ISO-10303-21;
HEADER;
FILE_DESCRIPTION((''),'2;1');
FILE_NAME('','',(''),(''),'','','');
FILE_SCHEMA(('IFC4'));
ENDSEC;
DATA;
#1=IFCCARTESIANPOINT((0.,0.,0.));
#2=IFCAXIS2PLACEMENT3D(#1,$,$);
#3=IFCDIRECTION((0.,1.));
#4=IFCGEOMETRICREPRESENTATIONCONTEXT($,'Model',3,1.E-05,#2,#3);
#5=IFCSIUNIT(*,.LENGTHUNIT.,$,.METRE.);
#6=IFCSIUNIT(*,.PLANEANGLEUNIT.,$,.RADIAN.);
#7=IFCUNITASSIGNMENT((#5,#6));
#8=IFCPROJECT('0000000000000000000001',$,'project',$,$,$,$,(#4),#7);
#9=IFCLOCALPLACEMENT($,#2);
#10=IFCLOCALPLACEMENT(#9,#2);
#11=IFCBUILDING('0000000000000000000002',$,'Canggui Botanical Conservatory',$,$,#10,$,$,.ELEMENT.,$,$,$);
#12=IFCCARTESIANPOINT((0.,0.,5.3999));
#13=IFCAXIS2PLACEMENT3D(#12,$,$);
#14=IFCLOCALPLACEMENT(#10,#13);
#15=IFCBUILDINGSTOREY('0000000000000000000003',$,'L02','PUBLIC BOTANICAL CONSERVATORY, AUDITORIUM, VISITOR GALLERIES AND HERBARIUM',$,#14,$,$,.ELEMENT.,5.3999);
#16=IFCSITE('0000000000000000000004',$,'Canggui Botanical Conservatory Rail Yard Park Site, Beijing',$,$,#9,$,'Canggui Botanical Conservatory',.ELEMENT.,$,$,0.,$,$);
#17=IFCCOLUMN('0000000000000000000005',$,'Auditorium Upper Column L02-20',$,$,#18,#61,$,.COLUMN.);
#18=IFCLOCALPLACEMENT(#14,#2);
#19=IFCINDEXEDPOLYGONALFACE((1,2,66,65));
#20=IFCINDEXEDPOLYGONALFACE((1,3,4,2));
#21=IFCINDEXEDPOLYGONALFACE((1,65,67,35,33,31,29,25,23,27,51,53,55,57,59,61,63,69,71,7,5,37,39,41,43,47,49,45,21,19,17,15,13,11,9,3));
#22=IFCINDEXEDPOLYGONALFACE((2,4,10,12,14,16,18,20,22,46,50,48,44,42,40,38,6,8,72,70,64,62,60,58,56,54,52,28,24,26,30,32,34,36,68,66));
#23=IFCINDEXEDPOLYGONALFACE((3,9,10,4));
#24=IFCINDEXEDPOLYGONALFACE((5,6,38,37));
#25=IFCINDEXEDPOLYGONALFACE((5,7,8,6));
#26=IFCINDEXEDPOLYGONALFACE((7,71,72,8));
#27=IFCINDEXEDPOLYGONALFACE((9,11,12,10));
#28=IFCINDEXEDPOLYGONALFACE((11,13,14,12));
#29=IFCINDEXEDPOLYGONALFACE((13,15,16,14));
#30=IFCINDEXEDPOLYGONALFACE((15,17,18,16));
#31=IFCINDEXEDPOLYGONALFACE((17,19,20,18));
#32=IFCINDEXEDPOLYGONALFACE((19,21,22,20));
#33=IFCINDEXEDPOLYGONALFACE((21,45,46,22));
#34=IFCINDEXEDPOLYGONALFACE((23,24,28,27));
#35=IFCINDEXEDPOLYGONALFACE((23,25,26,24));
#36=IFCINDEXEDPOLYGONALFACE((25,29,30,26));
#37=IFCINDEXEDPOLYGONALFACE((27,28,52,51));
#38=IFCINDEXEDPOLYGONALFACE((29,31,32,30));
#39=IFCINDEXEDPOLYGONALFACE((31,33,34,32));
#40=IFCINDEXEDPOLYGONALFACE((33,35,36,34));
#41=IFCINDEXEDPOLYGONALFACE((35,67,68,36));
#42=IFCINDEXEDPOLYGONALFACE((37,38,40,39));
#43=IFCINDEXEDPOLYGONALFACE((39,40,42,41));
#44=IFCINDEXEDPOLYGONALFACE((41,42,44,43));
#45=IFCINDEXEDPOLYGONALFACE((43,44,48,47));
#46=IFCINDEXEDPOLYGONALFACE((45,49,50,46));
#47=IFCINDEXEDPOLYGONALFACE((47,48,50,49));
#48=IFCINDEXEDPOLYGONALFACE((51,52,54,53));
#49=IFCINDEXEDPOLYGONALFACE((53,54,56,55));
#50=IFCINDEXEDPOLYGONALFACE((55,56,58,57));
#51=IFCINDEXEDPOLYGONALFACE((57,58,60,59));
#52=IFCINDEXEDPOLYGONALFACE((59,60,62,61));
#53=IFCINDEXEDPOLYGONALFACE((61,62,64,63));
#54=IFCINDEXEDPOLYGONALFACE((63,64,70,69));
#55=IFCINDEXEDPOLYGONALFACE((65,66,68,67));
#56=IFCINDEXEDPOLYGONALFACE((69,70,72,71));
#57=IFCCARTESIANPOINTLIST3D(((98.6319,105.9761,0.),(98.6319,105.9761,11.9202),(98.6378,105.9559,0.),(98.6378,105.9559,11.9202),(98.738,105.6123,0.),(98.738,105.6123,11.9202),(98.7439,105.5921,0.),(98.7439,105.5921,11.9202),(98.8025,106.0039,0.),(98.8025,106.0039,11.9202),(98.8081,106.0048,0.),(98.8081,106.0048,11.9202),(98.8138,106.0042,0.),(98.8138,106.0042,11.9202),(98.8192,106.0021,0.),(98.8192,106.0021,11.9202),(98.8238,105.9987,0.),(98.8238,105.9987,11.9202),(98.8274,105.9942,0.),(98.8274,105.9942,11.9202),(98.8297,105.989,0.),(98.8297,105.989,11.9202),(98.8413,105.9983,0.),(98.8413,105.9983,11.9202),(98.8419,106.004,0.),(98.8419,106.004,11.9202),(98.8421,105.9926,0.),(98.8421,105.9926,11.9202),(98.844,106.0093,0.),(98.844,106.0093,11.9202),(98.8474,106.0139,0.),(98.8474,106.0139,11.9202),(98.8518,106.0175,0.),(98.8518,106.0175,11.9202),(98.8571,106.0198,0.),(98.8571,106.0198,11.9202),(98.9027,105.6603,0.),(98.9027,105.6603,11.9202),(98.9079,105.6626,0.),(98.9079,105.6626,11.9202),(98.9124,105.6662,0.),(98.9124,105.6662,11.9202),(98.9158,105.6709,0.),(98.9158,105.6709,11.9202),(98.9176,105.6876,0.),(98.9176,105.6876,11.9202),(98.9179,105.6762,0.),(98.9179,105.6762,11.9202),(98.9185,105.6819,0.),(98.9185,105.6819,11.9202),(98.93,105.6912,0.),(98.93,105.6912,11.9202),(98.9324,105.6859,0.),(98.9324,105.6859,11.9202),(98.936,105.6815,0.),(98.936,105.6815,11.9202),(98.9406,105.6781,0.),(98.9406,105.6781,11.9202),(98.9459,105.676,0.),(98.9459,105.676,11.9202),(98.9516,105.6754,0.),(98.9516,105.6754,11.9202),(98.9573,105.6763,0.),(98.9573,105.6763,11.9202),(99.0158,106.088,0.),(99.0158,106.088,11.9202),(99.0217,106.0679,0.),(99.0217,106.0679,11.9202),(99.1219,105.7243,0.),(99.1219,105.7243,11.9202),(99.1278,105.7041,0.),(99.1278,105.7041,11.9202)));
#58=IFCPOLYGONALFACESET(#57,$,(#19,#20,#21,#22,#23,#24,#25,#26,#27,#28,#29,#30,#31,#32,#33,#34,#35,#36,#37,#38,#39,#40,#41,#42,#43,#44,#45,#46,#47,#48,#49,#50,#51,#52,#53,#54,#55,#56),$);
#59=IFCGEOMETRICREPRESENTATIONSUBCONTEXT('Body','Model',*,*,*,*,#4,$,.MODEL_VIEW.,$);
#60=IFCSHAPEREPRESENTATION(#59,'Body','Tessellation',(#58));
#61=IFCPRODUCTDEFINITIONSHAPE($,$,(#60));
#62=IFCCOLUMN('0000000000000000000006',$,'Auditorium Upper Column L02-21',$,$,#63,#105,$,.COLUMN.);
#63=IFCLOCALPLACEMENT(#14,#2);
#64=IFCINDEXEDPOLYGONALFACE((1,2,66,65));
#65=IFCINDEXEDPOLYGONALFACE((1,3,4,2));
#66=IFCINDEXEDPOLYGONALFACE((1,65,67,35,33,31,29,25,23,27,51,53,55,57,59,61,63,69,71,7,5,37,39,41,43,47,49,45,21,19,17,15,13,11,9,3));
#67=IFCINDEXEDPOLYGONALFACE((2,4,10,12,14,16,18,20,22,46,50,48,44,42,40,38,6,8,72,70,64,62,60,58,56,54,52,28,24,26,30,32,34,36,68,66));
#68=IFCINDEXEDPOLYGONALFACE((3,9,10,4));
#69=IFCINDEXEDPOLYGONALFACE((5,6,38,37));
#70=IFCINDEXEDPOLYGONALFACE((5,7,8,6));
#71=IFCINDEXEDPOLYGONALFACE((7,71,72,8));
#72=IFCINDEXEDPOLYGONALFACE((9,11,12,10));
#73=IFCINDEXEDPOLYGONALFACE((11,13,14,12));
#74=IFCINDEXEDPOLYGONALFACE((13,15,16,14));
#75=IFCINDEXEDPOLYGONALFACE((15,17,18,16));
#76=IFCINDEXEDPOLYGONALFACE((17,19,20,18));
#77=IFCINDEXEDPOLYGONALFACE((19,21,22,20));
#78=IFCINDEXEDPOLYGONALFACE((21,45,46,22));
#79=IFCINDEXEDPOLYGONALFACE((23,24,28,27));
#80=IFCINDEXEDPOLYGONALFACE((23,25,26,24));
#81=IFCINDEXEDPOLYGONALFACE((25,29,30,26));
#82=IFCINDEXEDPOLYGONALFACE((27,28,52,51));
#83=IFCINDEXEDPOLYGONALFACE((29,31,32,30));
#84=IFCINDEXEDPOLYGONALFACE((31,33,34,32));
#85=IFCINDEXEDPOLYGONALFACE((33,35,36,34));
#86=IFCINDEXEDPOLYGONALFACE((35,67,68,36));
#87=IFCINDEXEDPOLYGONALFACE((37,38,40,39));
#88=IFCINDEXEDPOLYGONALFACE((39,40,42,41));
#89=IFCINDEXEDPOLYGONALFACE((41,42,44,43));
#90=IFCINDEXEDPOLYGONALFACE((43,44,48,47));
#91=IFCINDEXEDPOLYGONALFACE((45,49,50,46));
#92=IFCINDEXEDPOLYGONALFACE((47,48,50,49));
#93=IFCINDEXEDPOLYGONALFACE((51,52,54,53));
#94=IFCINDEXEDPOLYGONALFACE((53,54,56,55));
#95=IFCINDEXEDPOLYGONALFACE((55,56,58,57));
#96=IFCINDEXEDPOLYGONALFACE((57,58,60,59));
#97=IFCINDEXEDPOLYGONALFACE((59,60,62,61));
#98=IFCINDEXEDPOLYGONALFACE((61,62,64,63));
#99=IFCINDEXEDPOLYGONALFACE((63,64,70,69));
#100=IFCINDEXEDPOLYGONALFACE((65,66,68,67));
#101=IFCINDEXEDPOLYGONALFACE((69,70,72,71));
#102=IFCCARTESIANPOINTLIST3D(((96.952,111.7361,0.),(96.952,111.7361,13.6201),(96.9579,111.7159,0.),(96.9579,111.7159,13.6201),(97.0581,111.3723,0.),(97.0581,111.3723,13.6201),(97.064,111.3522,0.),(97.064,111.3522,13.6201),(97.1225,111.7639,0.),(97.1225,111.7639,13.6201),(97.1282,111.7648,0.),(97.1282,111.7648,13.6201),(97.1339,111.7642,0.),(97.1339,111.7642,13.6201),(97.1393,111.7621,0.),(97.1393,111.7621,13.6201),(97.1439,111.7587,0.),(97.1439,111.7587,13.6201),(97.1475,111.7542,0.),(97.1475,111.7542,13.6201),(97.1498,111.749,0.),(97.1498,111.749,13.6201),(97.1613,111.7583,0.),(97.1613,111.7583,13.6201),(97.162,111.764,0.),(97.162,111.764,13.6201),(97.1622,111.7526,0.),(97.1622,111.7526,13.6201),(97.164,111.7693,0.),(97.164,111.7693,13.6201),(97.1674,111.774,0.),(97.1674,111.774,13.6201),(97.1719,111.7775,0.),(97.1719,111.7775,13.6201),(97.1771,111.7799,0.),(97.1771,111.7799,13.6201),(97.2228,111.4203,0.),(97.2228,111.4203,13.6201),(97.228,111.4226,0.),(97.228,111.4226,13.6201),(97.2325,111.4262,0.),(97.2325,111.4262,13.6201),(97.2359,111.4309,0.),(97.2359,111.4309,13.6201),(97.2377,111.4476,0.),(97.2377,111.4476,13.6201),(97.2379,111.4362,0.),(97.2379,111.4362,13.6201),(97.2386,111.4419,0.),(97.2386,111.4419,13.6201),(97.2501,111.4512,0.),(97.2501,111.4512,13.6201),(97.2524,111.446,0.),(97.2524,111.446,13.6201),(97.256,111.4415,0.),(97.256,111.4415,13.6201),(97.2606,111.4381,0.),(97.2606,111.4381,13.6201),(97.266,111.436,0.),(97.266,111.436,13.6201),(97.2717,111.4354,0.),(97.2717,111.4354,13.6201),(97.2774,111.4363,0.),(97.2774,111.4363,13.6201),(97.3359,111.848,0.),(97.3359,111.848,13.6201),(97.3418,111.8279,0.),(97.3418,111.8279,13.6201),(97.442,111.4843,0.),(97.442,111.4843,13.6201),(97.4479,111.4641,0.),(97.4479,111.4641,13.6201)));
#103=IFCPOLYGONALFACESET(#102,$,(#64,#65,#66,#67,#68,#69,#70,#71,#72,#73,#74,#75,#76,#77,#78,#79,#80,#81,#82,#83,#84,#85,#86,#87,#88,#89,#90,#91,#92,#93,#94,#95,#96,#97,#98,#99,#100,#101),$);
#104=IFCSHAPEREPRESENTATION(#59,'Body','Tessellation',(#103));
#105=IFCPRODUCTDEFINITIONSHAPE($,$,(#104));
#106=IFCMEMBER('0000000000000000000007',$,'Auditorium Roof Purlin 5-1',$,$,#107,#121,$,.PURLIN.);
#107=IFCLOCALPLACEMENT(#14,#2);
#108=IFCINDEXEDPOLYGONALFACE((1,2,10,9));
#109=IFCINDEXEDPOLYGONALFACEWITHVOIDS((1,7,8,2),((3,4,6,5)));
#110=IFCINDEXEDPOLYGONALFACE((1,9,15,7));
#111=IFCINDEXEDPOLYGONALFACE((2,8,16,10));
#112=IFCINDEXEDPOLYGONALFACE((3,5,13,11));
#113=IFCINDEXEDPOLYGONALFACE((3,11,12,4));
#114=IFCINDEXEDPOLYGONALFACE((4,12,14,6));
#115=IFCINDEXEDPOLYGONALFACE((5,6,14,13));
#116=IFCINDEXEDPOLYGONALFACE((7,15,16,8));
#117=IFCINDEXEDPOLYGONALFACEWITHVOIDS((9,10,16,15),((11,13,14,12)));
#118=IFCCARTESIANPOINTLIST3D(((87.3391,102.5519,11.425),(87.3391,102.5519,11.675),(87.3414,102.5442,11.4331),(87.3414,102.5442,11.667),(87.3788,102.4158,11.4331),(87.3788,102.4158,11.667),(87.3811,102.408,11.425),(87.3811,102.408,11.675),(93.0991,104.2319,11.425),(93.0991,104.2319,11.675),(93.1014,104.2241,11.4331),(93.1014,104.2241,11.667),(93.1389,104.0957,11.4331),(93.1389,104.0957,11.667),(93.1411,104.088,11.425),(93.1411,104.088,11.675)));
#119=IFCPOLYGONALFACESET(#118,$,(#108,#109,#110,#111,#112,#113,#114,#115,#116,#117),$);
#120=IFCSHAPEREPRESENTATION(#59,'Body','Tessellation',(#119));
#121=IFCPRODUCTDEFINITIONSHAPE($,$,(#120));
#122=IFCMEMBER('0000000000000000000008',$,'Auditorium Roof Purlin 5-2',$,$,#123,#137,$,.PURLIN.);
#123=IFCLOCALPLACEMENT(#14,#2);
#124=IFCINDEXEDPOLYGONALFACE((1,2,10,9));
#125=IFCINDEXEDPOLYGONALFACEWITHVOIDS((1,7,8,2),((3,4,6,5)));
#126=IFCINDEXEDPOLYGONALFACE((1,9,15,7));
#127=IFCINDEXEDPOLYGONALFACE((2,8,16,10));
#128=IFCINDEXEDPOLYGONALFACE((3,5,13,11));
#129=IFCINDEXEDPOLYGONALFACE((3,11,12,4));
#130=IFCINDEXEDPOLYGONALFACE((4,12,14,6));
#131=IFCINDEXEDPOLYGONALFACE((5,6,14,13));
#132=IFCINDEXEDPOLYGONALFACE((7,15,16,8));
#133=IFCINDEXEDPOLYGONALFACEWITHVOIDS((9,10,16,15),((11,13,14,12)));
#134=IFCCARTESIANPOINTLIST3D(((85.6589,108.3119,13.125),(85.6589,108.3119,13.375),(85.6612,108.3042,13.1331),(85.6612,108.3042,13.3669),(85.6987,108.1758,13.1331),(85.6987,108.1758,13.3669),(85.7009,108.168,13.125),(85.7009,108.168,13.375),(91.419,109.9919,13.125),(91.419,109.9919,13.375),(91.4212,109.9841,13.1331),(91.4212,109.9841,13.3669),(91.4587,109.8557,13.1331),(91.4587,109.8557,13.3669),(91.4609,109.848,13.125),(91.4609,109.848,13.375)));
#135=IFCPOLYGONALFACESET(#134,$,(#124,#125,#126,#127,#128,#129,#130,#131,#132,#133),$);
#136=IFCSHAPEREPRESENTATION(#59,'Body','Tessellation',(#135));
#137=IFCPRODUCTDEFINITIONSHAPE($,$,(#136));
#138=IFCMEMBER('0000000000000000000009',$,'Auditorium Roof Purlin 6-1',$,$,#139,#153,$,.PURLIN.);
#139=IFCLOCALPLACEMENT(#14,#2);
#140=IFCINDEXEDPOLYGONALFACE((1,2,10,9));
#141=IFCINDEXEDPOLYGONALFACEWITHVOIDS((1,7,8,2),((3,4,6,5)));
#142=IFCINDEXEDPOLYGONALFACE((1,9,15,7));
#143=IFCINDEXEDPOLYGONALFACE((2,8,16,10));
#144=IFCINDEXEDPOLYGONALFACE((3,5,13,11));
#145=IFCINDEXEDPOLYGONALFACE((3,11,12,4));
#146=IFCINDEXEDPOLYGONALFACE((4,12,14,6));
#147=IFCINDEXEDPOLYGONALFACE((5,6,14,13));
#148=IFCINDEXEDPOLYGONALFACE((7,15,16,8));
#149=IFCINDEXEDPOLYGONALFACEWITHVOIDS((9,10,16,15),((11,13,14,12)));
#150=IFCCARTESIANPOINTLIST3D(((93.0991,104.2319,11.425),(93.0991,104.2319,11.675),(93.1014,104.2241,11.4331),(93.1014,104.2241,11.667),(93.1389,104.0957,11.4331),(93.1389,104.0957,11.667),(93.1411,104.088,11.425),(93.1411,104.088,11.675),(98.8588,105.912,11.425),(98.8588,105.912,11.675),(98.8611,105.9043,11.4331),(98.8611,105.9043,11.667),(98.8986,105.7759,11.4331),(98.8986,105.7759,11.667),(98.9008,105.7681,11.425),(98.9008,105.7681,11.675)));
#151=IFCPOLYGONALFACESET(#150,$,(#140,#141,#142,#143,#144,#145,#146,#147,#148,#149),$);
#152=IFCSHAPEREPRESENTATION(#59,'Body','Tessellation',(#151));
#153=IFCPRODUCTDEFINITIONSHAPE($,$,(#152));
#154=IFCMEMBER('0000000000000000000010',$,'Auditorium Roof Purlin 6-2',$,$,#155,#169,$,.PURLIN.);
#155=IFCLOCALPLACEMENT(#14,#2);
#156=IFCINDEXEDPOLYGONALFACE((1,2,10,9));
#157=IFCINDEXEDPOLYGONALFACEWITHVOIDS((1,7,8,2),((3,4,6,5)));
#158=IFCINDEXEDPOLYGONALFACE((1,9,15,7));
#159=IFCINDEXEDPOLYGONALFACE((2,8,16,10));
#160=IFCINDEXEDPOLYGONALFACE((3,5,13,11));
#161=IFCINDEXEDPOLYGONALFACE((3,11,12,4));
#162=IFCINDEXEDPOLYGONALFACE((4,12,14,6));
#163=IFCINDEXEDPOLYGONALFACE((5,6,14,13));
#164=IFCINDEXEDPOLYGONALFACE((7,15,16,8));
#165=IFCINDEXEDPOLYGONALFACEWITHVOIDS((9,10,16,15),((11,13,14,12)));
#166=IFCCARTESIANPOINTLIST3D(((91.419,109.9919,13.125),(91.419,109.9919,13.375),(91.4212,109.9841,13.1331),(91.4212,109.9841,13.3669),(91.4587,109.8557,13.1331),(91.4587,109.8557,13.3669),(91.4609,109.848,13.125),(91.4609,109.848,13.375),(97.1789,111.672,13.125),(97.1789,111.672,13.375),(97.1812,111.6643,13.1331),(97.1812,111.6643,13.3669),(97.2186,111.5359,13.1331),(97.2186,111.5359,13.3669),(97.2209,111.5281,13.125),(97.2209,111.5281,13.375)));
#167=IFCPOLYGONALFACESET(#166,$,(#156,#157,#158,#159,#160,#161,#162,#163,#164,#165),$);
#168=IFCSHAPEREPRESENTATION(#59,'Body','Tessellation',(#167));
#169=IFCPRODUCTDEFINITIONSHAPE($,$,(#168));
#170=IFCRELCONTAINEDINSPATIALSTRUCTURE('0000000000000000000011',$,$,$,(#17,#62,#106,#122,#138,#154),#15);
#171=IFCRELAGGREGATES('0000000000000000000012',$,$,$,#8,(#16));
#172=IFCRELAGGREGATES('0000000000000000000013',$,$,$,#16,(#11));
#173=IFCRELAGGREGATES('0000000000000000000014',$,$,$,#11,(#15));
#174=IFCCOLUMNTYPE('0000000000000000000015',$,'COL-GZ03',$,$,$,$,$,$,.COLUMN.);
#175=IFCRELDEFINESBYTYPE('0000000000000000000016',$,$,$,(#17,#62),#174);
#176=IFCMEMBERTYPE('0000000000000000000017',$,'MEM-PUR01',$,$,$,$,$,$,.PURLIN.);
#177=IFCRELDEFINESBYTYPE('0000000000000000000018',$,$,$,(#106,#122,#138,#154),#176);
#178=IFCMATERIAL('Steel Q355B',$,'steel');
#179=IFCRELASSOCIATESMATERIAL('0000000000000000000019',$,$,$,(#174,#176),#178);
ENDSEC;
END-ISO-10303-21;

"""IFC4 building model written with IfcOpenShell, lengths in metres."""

from ifc_helpers import new_model, si_unit, direction, frame, origin, origin_2d, place, context, subcontext, project, spatial, hollow_rectangle, i_section, extrude, material, material_profile, profile_set, type_object, element, save


model = new_model("IFC4")

# Units and contexts
model_context = context("Model", 3, precision=1e-05, world=origin(), true_north=direction((0.0, 1.0)))
body_context = subcontext(model_context, "Body", "Model", "MODEL_VIEW")
ifc_project = project(units=[si_unit("LENGTHUNIT", "METRE"), si_unit("PLANEANGLEUNIT", "RADIAN")], contexts=[model_context])

# Site, building, storey
site_placement = place(None, origin())
site = spatial("IfcSite", under=ifc_project, at=site_placement, Name="Canggui Botanical Conservatory Rail Yard Park Site, Beijing", LongName="Canggui Botanical Conservatory", CompositionType="ELEMENT", RefElevation=0.0)
building_placement = place(site_placement, origin())
building = spatial("IfcBuilding", under=site, at=building_placement, Name="Canggui Botanical Conservatory", CompositionType="ELEMENT")
storey_placement = place(building_placement, frame((0.0, 0.0, 5.3999)))
storey = spatial("IfcBuildingStorey", under=building, at=storey_placement, Name="L02", Description="PUBLIC BOTANICAL CONSERVATORY, AUDITORIUM, VISITOR GALLERIES AND HERBARIUM", CompositionType="ELEMENT", Elevation=5.3999)

# Columns
ifc_material_1 = material(Name="Steel Q355B", Category="steel")
ifc_material_profile_1 = material_profile(ifc_material_1, i_section(OverallWidth=0.3999, OverallDepth=0.3999, WebThickness=0.0129, FlangeThickness=0.021, FilletRadius=0.022, at=origin_2d()), Name="HW 400x400x13x21")
ifc_profile_set_1 = profile_set([ifc_material_profile_1], Name="Steel Q355B")
column_type = type_object("IfcColumnType", Name="COL-GZ03", PredefinedType="COLUMN", material=ifc_profile_set_1)
column_1_placement = place(storey_placement, frame((98.8799, 105.8401, 0.0), z_axis=(0.0, 0.0, 1.0), x_axis=(0.96, 0.28, 0.0)))
element("IfcColumn", 1, at=column_1_placement, inside=storey, type_object=column_type, Name="Auditorium Upper Column L02-20", PredefinedType="COLUMN", context=body_context, shape_type="SweptSolid", body=[
    extrude(i_section(OverallWidth=0.3999, OverallDepth=0.3999, WebThickness=0.0129, FlangeThickness=0.021, FilletRadius=0.022, at=origin_2d()), origin(), (0.0, 0.0, 1.0), 11.9202),
])
column_2_placement = place(storey_placement, frame((97.2, 111.6001, 0.0), z_axis=(0.0, 0.0, 1.0), x_axis=(0.96, 0.28, 0.0)))
element("IfcColumn", 2, at=column_2_placement, inside=storey, type_object=column_type, Name="Auditorium Upper Column L02-21", PredefinedType="COLUMN", context=body_context, shape_type="SweptSolid", body=[
    extrude(i_section(OverallWidth=0.3999, OverallDepth=0.3999, WebThickness=0.0129, FlangeThickness=0.021, FilletRadius=0.022, at=origin_2d()), origin(), (0.0, 0.0, 1.0), 13.6201),
])

# Members
ifc_material_profile_2 = material_profile(ifc_material_1, hollow_rectangle(XDim=0.1499, YDim=0.25, WallThickness=0.0081, at=origin_2d()), Name="RHS 150x250x8")
ifc_profile_set_2 = profile_set([ifc_material_profile_2], Name="Steel Q355B")
member_type_1 = type_object("IfcMemberType", Name="MEM-PUR01", PredefinedType="PURLIN", material=ifc_profile_set_2)
for number, where, z_axis, x_axis, name in (
    (3, (87.3601, 102.48, 11.55), (0.960003, 0.279989, 0.0), (-0.279989, 0.960003, 0.0), "Auditorium Roof Purlin 5-1"),
    (4, (85.6799, 108.24, 13.25), (0.960003, 0.279989, 0.0), (-0.279989, 0.960003, 0.0), "Auditorium Roof Purlin 5-2"),
):
    element("IfcMember", number, at=place(storey_placement, frame(where, z_axis=z_axis, x_axis=x_axis)), inside=storey, type_object=member_type_1, Name=name, PredefinedType="PURLIN", context=body_context, shape_type="SweptSolid", body=[
        extrude(hollow_rectangle(XDim=0.1499, YDim=0.25, WallThickness=0.0081, at=origin_2d()), origin(), (0.0, 0.0, 1.0), 6.0),
    ])
member_1_placement = place(storey_placement, frame((93.1201, 104.1599, 11.55), z_axis=(0.959989, 0.280038, 0.0), x_axis=(-0.280038, 0.959989, 0.0)))
element("IfcMember", 5, at=member_1_placement, inside=storey, type_object=member_type_1, Name="Auditorium Roof Purlin 6-1", PredefinedType="PURLIN", context=body_context, shape_type="SweptSolid", body=[
    extrude(hollow_rectangle(XDim=0.1499, YDim=0.25, WallThickness=0.0081, at=origin_2d()), origin(), (0.0, 0.0, 1.0), 5.9998),
])
member_2_placement = place(storey_placement, frame((91.4399, 109.9199, 13.25), z_axis=(0.959992, 0.280027, 0.0), x_axis=(-0.280027, 0.959992, 0.0)))
element("IfcMember", 6, at=member_2_placement, inside=storey, type_object=member_type_1, Name="Auditorium Roof Purlin 6-2", PredefinedType="PURLIN", context=body_context, shape_type="SweptSolid", body=[
    extrude(hollow_rectangle(XDim=0.1499, YDim=0.25, WallThickness=0.0081, at=origin_2d()), origin(), (0.0, 0.0, 1.0), 6.0),
])

save(model, "model.ifc")
